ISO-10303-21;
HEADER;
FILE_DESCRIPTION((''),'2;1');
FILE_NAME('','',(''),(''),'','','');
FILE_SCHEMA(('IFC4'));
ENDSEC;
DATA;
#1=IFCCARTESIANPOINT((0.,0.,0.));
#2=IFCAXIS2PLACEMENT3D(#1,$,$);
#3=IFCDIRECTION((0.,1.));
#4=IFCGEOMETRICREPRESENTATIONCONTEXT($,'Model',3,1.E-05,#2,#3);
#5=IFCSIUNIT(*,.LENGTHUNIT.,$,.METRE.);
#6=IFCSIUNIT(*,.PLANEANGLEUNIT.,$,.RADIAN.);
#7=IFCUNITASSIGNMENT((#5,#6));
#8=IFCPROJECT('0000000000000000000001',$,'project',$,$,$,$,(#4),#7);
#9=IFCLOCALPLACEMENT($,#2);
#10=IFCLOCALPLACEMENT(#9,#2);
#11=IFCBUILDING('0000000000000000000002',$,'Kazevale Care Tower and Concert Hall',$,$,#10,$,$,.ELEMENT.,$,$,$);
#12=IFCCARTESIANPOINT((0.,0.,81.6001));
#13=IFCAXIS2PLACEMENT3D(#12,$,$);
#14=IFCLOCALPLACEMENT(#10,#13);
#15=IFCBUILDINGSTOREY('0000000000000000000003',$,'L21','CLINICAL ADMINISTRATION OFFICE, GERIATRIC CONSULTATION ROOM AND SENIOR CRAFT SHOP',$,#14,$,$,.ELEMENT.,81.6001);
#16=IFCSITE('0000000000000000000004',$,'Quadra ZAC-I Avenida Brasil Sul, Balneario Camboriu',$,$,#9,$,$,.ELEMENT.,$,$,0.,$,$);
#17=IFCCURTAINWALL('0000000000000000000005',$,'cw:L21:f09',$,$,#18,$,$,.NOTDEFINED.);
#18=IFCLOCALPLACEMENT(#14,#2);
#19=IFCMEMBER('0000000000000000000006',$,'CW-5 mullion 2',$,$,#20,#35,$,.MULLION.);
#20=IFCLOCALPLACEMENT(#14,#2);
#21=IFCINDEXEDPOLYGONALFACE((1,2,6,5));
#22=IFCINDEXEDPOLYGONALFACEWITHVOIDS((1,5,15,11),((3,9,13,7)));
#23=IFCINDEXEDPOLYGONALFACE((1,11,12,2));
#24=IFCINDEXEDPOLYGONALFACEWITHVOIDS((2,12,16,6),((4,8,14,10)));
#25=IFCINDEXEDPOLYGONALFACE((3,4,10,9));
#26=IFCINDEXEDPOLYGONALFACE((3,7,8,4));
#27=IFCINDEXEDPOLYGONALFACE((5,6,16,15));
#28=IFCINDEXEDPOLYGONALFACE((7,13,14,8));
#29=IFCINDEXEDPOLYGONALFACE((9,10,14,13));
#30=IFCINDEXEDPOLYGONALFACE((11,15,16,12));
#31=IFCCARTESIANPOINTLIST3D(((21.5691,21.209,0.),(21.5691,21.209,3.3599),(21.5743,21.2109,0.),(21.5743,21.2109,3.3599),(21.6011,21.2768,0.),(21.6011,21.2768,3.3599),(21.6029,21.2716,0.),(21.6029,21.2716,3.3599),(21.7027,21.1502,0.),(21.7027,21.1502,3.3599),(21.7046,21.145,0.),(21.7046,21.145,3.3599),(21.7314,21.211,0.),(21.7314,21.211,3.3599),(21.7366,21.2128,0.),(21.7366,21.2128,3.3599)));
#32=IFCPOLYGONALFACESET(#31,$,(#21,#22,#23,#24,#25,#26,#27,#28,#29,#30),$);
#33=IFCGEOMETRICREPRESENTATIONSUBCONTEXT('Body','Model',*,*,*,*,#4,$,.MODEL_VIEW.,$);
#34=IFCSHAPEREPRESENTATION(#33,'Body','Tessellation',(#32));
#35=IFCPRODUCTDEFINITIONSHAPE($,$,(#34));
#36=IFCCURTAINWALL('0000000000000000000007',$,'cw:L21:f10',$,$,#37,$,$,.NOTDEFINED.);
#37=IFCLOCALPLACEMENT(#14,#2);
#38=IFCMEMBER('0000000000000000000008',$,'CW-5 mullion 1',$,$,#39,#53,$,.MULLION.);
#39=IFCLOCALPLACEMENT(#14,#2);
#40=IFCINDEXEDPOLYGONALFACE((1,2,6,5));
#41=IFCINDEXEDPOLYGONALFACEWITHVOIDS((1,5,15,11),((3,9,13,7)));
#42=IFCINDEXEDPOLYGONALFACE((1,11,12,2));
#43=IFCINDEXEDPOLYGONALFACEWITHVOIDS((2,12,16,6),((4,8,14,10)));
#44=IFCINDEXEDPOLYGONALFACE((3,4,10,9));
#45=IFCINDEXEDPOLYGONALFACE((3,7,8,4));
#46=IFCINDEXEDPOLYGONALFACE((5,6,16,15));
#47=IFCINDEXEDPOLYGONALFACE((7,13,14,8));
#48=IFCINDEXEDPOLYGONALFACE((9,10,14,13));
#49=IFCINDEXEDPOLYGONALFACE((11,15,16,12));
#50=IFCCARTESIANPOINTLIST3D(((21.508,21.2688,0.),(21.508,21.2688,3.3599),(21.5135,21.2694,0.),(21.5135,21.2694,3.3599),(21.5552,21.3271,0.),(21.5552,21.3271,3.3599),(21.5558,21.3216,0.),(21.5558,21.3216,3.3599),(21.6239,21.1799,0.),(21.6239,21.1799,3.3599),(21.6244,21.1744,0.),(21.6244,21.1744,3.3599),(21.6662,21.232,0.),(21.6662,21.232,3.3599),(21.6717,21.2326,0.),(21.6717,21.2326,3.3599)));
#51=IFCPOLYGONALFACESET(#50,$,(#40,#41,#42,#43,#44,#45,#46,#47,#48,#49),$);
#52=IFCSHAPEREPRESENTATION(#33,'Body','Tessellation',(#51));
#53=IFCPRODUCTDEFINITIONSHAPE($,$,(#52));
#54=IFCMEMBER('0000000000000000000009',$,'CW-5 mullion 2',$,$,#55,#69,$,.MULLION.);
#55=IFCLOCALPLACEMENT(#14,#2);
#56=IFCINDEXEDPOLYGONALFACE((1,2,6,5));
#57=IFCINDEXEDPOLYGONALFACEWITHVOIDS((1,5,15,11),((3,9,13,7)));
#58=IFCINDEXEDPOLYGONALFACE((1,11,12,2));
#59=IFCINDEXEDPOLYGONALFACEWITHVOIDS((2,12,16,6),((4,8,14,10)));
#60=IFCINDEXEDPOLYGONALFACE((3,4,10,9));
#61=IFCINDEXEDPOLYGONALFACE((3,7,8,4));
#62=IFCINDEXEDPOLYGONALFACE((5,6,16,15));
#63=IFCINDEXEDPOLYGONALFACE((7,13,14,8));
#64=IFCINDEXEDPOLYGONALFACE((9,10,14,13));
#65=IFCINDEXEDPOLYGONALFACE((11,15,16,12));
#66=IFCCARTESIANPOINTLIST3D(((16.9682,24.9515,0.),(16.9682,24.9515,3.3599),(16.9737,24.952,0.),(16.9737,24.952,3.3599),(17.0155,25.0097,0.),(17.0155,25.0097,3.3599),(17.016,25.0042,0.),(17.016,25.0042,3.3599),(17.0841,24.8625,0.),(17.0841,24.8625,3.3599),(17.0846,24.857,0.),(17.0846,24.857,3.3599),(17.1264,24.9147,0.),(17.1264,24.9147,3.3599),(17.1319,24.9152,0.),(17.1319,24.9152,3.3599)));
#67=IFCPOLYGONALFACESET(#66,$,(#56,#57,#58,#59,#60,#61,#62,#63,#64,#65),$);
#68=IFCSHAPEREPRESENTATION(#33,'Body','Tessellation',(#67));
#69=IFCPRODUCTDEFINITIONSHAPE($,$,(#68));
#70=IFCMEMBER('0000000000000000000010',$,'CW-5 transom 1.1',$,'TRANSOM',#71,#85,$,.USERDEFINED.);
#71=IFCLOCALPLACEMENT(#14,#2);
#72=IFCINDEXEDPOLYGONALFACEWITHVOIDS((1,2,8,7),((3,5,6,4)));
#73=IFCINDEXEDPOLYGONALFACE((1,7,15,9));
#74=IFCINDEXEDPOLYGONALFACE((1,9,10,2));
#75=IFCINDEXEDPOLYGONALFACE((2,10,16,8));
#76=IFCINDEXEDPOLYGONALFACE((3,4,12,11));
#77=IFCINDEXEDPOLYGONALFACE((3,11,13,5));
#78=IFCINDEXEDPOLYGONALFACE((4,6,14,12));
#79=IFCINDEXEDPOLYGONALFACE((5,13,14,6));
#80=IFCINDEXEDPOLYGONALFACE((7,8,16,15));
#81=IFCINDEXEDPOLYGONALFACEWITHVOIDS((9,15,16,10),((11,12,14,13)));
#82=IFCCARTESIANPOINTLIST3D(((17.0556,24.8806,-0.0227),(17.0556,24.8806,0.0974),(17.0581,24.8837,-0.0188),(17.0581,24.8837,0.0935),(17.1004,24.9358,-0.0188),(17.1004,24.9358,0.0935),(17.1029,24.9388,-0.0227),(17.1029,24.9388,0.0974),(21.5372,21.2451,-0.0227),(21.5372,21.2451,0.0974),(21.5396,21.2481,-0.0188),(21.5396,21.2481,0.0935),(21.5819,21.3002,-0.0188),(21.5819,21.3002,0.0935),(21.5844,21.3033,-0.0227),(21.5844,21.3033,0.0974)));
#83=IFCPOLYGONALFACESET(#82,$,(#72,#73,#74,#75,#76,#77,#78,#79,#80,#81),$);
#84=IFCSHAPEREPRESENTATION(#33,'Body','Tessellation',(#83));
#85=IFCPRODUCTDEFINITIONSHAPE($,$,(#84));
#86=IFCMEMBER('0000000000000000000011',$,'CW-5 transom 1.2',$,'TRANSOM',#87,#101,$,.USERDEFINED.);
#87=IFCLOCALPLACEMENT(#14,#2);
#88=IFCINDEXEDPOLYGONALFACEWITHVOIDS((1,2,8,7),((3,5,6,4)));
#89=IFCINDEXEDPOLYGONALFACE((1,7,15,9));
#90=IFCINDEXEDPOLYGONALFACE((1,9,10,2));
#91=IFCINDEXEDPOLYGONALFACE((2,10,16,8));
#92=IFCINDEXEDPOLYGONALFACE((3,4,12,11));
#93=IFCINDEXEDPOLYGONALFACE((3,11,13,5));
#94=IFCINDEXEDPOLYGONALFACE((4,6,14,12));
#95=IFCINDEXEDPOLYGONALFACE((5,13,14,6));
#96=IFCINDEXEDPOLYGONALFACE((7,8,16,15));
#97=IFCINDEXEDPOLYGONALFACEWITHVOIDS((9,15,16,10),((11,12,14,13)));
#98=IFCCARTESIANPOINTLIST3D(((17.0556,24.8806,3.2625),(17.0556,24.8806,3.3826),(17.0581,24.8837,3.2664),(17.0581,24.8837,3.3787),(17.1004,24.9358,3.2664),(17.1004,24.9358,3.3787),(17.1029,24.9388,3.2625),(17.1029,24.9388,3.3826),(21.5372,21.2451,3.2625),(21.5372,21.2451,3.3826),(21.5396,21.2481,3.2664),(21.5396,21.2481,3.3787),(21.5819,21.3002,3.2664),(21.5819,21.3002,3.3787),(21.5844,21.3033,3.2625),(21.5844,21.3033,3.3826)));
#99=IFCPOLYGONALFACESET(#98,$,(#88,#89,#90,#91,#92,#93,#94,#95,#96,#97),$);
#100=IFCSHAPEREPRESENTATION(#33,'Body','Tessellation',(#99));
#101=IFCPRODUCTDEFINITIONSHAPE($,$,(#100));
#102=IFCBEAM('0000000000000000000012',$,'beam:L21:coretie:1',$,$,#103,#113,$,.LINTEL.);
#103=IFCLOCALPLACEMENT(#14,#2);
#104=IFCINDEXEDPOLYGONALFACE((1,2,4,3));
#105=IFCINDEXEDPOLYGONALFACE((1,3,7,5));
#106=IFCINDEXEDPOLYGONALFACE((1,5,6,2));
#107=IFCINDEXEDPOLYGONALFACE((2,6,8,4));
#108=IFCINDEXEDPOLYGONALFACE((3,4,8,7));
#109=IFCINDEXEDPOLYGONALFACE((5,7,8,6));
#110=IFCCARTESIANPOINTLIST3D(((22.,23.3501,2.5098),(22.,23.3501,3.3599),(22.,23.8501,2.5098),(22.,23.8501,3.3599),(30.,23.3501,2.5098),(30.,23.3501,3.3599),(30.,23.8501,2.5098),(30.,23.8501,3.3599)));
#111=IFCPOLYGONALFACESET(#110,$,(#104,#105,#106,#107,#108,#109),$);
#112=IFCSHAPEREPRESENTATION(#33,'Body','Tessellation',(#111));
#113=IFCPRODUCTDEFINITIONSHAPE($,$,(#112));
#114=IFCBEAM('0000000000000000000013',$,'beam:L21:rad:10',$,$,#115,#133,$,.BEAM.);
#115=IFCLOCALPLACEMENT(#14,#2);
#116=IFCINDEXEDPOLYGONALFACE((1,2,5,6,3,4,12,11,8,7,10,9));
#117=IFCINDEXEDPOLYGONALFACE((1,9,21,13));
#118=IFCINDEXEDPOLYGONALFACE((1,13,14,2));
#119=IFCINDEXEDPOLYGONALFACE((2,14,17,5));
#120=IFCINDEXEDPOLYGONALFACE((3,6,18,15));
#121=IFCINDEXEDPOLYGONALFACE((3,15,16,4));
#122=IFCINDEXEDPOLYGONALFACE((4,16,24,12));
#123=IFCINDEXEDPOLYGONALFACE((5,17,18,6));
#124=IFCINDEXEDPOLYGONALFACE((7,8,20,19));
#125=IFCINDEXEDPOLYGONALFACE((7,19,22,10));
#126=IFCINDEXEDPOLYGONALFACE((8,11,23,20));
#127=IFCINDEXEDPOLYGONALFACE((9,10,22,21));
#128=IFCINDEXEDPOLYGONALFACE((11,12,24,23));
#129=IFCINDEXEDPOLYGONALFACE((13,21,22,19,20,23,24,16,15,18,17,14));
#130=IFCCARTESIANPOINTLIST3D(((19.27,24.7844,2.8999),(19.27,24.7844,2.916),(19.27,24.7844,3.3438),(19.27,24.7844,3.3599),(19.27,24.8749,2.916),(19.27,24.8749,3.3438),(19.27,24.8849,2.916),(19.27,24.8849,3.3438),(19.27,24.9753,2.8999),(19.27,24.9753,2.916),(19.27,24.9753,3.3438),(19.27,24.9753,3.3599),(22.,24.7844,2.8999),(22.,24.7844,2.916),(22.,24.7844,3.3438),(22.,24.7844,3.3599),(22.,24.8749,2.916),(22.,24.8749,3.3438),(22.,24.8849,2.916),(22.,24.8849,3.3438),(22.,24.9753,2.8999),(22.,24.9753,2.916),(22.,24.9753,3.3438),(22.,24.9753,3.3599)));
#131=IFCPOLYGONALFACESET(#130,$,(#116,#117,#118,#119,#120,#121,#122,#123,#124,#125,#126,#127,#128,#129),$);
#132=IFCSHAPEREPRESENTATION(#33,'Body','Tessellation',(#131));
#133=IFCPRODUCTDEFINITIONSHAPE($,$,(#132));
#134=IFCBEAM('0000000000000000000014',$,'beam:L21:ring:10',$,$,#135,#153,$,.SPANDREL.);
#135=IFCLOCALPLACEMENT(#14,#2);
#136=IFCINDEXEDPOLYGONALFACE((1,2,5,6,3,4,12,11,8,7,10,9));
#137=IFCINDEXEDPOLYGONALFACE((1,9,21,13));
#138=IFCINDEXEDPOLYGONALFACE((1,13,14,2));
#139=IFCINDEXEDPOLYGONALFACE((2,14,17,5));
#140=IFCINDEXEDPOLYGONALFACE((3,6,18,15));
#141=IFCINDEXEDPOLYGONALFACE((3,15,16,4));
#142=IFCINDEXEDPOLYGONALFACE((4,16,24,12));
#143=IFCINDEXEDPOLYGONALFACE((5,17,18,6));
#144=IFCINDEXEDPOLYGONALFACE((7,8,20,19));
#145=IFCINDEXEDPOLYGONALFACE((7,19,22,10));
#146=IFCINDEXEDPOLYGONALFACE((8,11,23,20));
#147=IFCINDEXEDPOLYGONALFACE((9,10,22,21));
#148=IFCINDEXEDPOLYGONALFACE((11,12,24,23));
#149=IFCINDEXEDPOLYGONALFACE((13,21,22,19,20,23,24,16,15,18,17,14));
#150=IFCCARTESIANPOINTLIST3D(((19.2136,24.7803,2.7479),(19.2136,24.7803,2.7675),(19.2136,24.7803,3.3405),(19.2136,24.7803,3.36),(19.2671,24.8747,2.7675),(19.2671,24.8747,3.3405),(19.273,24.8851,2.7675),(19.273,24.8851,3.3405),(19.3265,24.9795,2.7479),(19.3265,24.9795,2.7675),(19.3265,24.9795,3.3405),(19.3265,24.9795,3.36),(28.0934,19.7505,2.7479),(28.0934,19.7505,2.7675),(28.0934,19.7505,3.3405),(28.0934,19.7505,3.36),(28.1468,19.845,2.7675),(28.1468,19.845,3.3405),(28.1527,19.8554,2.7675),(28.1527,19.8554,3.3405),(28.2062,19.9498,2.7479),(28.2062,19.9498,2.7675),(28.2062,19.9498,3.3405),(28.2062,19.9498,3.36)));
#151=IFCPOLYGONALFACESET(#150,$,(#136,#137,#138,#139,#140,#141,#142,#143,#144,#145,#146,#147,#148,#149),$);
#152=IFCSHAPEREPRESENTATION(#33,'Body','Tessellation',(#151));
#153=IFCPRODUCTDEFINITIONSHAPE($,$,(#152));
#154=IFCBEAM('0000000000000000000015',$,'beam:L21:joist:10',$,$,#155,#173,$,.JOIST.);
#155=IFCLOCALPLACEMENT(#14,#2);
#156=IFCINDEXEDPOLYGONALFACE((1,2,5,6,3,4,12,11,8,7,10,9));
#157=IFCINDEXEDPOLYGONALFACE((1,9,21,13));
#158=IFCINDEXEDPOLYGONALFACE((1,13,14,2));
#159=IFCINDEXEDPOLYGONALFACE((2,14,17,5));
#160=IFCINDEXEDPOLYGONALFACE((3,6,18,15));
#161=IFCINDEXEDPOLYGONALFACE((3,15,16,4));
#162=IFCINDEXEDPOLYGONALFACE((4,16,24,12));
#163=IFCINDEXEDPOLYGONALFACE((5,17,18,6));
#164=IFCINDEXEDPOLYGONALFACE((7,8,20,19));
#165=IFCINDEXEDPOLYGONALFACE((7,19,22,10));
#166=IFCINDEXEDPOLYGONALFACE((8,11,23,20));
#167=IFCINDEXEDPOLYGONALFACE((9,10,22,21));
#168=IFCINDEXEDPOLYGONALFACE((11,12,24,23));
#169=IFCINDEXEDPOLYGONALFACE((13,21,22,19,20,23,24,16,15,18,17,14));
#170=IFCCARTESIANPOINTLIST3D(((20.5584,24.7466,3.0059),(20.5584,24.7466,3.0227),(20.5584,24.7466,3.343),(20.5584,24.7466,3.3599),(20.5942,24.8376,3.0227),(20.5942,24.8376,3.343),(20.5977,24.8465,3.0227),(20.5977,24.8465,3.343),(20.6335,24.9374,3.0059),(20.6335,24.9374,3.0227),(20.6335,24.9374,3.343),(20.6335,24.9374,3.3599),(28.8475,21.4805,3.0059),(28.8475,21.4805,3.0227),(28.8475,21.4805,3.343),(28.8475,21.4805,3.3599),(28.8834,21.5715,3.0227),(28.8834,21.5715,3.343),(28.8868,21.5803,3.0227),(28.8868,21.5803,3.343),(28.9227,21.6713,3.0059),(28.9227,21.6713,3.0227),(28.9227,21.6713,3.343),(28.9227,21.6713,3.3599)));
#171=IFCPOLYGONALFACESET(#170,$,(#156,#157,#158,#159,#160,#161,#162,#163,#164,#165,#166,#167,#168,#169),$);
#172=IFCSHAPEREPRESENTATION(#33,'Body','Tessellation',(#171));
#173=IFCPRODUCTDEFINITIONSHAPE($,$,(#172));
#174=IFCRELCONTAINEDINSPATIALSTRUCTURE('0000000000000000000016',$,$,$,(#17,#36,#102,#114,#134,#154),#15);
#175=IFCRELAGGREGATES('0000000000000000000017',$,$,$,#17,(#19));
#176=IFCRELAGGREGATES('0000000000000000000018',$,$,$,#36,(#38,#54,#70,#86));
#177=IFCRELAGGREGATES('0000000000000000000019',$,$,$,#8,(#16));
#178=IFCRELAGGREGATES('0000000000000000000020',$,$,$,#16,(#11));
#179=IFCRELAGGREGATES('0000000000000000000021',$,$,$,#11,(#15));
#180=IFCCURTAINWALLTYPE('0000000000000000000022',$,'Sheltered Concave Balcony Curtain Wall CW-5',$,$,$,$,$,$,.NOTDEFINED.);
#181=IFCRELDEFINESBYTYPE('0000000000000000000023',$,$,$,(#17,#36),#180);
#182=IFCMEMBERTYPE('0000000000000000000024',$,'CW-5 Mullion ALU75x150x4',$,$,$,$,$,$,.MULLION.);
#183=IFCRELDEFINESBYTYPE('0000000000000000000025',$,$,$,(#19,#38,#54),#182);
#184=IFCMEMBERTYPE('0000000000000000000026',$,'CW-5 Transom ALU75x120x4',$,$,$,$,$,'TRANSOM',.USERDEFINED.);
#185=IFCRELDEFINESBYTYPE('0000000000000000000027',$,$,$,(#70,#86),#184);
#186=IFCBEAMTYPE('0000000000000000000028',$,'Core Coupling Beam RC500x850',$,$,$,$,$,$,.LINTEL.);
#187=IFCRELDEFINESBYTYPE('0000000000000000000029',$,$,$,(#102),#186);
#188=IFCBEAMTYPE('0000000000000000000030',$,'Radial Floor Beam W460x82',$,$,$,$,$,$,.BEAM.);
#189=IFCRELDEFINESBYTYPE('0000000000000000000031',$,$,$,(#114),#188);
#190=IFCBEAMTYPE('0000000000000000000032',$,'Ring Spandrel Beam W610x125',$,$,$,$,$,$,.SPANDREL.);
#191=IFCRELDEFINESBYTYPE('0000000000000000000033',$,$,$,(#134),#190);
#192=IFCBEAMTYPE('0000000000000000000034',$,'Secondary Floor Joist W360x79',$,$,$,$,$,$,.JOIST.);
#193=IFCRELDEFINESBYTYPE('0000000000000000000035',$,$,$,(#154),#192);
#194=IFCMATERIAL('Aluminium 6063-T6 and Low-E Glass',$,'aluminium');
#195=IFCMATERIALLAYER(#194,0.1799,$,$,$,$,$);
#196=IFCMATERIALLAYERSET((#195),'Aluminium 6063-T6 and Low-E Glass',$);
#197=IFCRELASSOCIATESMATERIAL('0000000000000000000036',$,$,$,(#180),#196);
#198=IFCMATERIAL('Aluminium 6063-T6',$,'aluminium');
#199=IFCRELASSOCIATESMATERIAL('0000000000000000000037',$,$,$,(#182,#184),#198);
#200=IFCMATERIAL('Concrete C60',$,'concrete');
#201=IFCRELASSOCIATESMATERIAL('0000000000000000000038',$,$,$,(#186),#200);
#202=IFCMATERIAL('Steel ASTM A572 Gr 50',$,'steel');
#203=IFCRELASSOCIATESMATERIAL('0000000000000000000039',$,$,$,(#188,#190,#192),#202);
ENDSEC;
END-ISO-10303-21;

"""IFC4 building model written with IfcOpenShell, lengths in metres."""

from ifc_helpers import new_model, si_unit, direction, frame, origin, origin_2d, place, context, subcontext, project, spatial, rectangle, hollow_rectangle, i_section, extrude, material, layer, layer_set, material_profile, profile_set, type_object, element, aggregate, save


model = new_model("IFC4")

# Units and contexts
model_context = context("Model", 3, precision=1e-05, world=origin(), true_north=direction((0.0, 1.0)))
body_context = subcontext(model_context, "Body", "Model", "MODEL_VIEW")
ifc_project = project(units=[si_unit("LENGTHUNIT", "METRE"), si_unit("PLANEANGLEUNIT", "RADIAN")], contexts=[model_context])

# Site, building, storey
site_placement = place(None, origin())
site = spatial("IfcSite", under=ifc_project, at=site_placement, Name="Quadra ZAC-I Avenida Brasil Sul, Balneario Camboriu", CompositionType="ELEMENT", RefElevation=0.0)
building_placement = place(site_placement, origin())
building = spatial("IfcBuilding", under=site, at=building_placement, Name="Kazevale Care Tower and Concert Hall", CompositionType="ELEMENT")
storey_placement = place(building_placement, frame((0.0, 0.0, 81.6001)))
storey = spatial("IfcBuildingStorey", under=building, at=storey_placement, Name="L21", Description="CLINICAL ADMINISTRATION OFFICE, GERIATRIC CONSULTATION ROOM AND SENIOR CRAFT SHOP", CompositionType="ELEMENT", Elevation=81.6001)

# Shared definitions
ifc_material_1 = material(Name="Aluminium 6063-T6 and Low-E Glass", Category="aluminium")
ifc_material_2 = material(Name="Aluminium 6063-T6", Category="aluminium")

# Curtain wall, member
ifc_layer_1 = layer(ifc_material_1, 0.1799)
ifc_layer_set_1 = layer_set([ifc_layer_1], Name="Aluminium 6063-T6 and Low-E Glass")
curtain_wall_type_1 = type_object("IfcCurtainWallType", Name="Sheltered Concave Balcony Curtain Wall CW-5", PredefinedType="NOTDEFINED", material=ifc_layer_set_1)
curtain_wall_1_placement = place(storey_placement, origin())
curtain_wall_1 = element("IfcCurtainWall", 1, at=curtain_wall_1_placement, inside=storey, type_object=curtain_wall_type_1, Name="cw:L21:f09", PredefinedType="NOTDEFINED")
ifc_material_profile_1 = material_profile(ifc_material_2, hollow_rectangle(XDim=0.075, YDim=0.1499, WallThickness=0.0039, at=origin_2d()), Name="ALU75x150x4")
ifc_profile_set_1 = profile_set([ifc_material_profile_1], Name="Aluminium 6063-T6")
member_type_1 = type_object("IfcMemberType", Name="CW-5 Mullion ALU75x150x4", PredefinedType="MULLION", material=ifc_profile_set_1)
member_1_placement = place(storey_placement, frame((21.6528, 21.2109, 0.0), z_axis=(0.0, 0.0, 1.0), x_axis=(-0.426942, -0.904279, 0.0)))
member_1 = element("IfcMember", 2, at=member_1_placement, type_object=member_type_1, Name="CW-5 mullion 2", PredefinedType="MULLION", context=body_context, shape_type="SweptSolid", body=[
    extrude(hollow_rectangle(XDim=0.075, YDim=0.1499, WallThickness=0.0039, at=origin_2d()), origin(), (0.0, 0.0, 1.0), 3.3599),
])
aggregate(curtain_wall_1, [member_1])

# Curtain wall, members
curtain_wall_2_placement = place(storey_placement, origin())
curtain_wall_2 = element("IfcCurtainWall", 3, at=curtain_wall_2_placement, inside=storey, type_object=curtain_wall_type_1, Name="cw:L21:f10", PredefinedType="NOTDEFINED")
member_2_placement = place(storey_placement, frame((21.5898, 21.2507, 0.0), z_axis=(0.0, 0.0, 1.0), x_axis=(-0.629995, -0.776599, 0.0)))
member_2 = element("IfcMember", 4, at=member_2_placement, type_object=member_type_1, Name="CW-5 mullion 1", PredefinedType="MULLION", context=body_context, shape_type="SweptSolid", body=[
    extrude(hollow_rectangle(XDim=0.075, YDim=0.1499, WallThickness=0.0039, at=origin_2d()), origin(), (0.0, 0.0, 1.0), 3.3599),
])
member_3_placement = place(storey_placement, frame((17.05, 24.9333, 0.0), z_axis=(0.0, 0.0, 1.0), x_axis=(-0.629995, -0.776599, 0.0)))
member_3 = element("IfcMember", 5, at=member_3_placement, type_object=member_type_1, Name="CW-5 mullion 2", PredefinedType="MULLION", context=body_context, shape_type="SweptSolid", body=[
    extrude(hollow_rectangle(XDim=0.075, YDim=0.1499, WallThickness=0.0039, at=origin_2d()), origin(), (0.0, 0.0, 1.0), 3.3599),
])
ifc_material_profile_2 = material_profile(ifc_material_2, hollow_rectangle(XDim=0.075, YDim=0.1201, WallThickness=0.0039, at=origin_2d()), Name="ALU75x120x4")
ifc_profile_set_2 = profile_set([ifc_material_profile_2], Name="Aluminium 6063-T6")
member_type_2 = type_object("IfcMemberType", Name="CW-5 Transom ALU75x120x4", ElementType="TRANSOM", PredefinedType="USERDEFINED", material=ifc_profile_set_2)
member_4_placement = place(storey_placement, frame((21.5608, 21.2742, 0.0374), z_axis=(-0.776595, 0.63, 0.0), x_axis=(-0.63, -0.776595, 0.0)))
member_4 = element("IfcMember", 6, at=member_4_placement, type_object=member_type_2, Name="CW-5 transom 1.1", ObjectType="TRANSOM", PredefinedType="USERDEFINED", context=body_context, shape_type="SweptSolid", body=[
    extrude(hollow_rectangle(XDim=0.075, YDim=0.1201, WallThickness=0.0039, at=origin_2d()), origin(), (0.0, 0.0, 1.0), 5.7708),
])
member_5_placement = place(storey_placement, frame((21.5608, 21.2742, 3.3225), z_axis=(-0.776595, 0.63, 0.0), x_axis=(-0.63, -0.776595, 0.0)))
member_5 = element("IfcMember", 7, at=member_5_placement, type_object=member_type_2, Name="CW-5 transom 1.2", ObjectType="TRANSOM", PredefinedType="USERDEFINED", context=body_context, shape_type="SweptSolid", body=[
    extrude(hollow_rectangle(XDim=0.075, YDim=0.1201, WallThickness=0.0039, at=origin_2d()), origin(), (0.0, 0.0, 1.0), 5.7708),
])

# Beams
ifc_material_3 = material(Name="Concrete C60", Category="concrete")
ifc_material_profile_3 = material_profile(ifc_material_3, rectangle(XDim=0.5, YDim=0.8501, at=origin_2d()), Name="RC-B500x850")
ifc_profile_set_3 = profile_set([ifc_material_profile_3], Name="Concrete C60")
beam_type_1 = type_object("IfcBeamType", Name="Core Coupling Beam RC500x850", PredefinedType="LINTEL", material=ifc_profile_set_3)
beam_1_placement = place(storey_placement, frame((22.0, 23.6001, 2.9348), z_axis=(1.0, 0.0, 0.0), x_axis=(0.0, 1.0, 0.0)))
element("IfcBeam", 8, at=beam_1_placement, inside=storey, type_object=beam_type_1, Name="beam:L21:coretie:1", PredefinedType="LINTEL", context=body_context, shape_type="SweptSolid", body=[
    extrude(rectangle(XDim=0.5, YDim=0.8501, at=origin_2d()), origin(), (0.0, 0.0, 1.0), 8.0),
])
ifc_material_4 = material(Name="Steel ASTM A572 Gr 50", Category="steel")
ifc_material_profile_4 = material_profile(ifc_material_4, i_section(OverallWidth=0.1909, OverallDepth=0.46, WebThickness=0.01, FlangeThickness=0.0161, at=origin_2d()), Name="W460x82")
ifc_profile_set_4 = profile_set([ifc_material_profile_4], Name="Steel ASTM A572 Gr 50")
beam_type_2 = type_object("IfcBeamType", Name="Radial Floor Beam W460x82", PredefinedType="BEAM", material=ifc_profile_set_4)
beam_2_placement = place(storey_placement, frame((22.0, 24.8799, 3.1299), z_axis=(-1.0, 0.0, 0.0), x_axis=(0.0, -1.0, 0.0)))
element("IfcBeam", 9, at=beam_2_placement, inside=storey, type_object=beam_type_2, Name="beam:L21:rad:10", PredefinedType="BEAM", context=body_context, shape_type="SweptSolid", body=[
    extrude(i_section(OverallWidth=0.1909, OverallDepth=0.46, WebThickness=0.01, FlangeThickness=0.0161, at=origin_2d()), origin(), (0.0, 0.0, 1.0), 2.73),
])
ifc_material_profile_5 = material_profile(ifc_material_4, i_section(OverallWidth=0.229, OverallDepth=0.6121, WebThickness=0.012, FlangeThickness=0.0195, at=origin_2d()), Name="W610x125")
ifc_profile_set_5 = profile_set([ifc_material_profile_5], Name="Steel ASTM A572 Gr 50")
beam_type_3 = type_object("IfcBeamType", Name="Ring Spandrel Beam W610x125", PredefinedType="SPANDREL", material=ifc_profile_set_5)
beam_3_placement = place(storey_placement, frame((19.27, 24.8799, 3.054), z_axis=(0.870112, -0.492853, 0.0), x_axis=(0.492853, 0.870112, 0.0)))
element("IfcBeam", 10, at=beam_3_placement, inside=storey, type_object=beam_type_3, Name="beam:L21:ring:10", PredefinedType="SPANDREL", context=body_context, shape_type="SweptSolid", body=[
    extrude(i_section(OverallWidth=0.229, OverallDepth=0.6121, WebThickness=0.012, FlangeThickness=0.0195, at=origin_2d()), origin(), (0.0, 0.0, 1.0), 10.2053),
])
ifc_material_profile_6 = material_profile(ifc_material_4, i_section(OverallWidth=0.2051, OverallDepth=0.354, WebThickness=0.0095, FlangeThickness=0.0168, at=origin_2d()), Name="W360x79")
ifc_profile_set_6 = profile_set([ifc_material_profile_6], Name="Steel ASTM A572 Gr 50")
beam_type_4 = type_object("IfcBeamType", Name="Secondary Floor Joist W360x79", PredefinedType="JOIST", material=ifc_profile_set_6)
beam_4_placement = place(storey_placement, frame((20.5959, 24.842, 3.1829), z_axis=(0.930381, -0.366595, 0.0), x_axis=(0.366595, 0.930381, 0.0)))
element("IfcBeam", 11, at=beam_4_placement, inside=storey, type_object=beam_type_4, Name="beam:L21:joist:10", PredefinedType="JOIST", context=body_context, shape_type="SweptSolid", body=[
    extrude(i_section(OverallWidth=0.2051, OverallDepth=0.354, WebThickness=0.0095, FlangeThickness=0.0168, at=origin_2d()), origin(), (0.0, 0.0, 1.0), 8.9094),
])

aggregate(curtain_wall_2, [member_2, member_3, member_4, member_5])

save(model, "model.ifc")
